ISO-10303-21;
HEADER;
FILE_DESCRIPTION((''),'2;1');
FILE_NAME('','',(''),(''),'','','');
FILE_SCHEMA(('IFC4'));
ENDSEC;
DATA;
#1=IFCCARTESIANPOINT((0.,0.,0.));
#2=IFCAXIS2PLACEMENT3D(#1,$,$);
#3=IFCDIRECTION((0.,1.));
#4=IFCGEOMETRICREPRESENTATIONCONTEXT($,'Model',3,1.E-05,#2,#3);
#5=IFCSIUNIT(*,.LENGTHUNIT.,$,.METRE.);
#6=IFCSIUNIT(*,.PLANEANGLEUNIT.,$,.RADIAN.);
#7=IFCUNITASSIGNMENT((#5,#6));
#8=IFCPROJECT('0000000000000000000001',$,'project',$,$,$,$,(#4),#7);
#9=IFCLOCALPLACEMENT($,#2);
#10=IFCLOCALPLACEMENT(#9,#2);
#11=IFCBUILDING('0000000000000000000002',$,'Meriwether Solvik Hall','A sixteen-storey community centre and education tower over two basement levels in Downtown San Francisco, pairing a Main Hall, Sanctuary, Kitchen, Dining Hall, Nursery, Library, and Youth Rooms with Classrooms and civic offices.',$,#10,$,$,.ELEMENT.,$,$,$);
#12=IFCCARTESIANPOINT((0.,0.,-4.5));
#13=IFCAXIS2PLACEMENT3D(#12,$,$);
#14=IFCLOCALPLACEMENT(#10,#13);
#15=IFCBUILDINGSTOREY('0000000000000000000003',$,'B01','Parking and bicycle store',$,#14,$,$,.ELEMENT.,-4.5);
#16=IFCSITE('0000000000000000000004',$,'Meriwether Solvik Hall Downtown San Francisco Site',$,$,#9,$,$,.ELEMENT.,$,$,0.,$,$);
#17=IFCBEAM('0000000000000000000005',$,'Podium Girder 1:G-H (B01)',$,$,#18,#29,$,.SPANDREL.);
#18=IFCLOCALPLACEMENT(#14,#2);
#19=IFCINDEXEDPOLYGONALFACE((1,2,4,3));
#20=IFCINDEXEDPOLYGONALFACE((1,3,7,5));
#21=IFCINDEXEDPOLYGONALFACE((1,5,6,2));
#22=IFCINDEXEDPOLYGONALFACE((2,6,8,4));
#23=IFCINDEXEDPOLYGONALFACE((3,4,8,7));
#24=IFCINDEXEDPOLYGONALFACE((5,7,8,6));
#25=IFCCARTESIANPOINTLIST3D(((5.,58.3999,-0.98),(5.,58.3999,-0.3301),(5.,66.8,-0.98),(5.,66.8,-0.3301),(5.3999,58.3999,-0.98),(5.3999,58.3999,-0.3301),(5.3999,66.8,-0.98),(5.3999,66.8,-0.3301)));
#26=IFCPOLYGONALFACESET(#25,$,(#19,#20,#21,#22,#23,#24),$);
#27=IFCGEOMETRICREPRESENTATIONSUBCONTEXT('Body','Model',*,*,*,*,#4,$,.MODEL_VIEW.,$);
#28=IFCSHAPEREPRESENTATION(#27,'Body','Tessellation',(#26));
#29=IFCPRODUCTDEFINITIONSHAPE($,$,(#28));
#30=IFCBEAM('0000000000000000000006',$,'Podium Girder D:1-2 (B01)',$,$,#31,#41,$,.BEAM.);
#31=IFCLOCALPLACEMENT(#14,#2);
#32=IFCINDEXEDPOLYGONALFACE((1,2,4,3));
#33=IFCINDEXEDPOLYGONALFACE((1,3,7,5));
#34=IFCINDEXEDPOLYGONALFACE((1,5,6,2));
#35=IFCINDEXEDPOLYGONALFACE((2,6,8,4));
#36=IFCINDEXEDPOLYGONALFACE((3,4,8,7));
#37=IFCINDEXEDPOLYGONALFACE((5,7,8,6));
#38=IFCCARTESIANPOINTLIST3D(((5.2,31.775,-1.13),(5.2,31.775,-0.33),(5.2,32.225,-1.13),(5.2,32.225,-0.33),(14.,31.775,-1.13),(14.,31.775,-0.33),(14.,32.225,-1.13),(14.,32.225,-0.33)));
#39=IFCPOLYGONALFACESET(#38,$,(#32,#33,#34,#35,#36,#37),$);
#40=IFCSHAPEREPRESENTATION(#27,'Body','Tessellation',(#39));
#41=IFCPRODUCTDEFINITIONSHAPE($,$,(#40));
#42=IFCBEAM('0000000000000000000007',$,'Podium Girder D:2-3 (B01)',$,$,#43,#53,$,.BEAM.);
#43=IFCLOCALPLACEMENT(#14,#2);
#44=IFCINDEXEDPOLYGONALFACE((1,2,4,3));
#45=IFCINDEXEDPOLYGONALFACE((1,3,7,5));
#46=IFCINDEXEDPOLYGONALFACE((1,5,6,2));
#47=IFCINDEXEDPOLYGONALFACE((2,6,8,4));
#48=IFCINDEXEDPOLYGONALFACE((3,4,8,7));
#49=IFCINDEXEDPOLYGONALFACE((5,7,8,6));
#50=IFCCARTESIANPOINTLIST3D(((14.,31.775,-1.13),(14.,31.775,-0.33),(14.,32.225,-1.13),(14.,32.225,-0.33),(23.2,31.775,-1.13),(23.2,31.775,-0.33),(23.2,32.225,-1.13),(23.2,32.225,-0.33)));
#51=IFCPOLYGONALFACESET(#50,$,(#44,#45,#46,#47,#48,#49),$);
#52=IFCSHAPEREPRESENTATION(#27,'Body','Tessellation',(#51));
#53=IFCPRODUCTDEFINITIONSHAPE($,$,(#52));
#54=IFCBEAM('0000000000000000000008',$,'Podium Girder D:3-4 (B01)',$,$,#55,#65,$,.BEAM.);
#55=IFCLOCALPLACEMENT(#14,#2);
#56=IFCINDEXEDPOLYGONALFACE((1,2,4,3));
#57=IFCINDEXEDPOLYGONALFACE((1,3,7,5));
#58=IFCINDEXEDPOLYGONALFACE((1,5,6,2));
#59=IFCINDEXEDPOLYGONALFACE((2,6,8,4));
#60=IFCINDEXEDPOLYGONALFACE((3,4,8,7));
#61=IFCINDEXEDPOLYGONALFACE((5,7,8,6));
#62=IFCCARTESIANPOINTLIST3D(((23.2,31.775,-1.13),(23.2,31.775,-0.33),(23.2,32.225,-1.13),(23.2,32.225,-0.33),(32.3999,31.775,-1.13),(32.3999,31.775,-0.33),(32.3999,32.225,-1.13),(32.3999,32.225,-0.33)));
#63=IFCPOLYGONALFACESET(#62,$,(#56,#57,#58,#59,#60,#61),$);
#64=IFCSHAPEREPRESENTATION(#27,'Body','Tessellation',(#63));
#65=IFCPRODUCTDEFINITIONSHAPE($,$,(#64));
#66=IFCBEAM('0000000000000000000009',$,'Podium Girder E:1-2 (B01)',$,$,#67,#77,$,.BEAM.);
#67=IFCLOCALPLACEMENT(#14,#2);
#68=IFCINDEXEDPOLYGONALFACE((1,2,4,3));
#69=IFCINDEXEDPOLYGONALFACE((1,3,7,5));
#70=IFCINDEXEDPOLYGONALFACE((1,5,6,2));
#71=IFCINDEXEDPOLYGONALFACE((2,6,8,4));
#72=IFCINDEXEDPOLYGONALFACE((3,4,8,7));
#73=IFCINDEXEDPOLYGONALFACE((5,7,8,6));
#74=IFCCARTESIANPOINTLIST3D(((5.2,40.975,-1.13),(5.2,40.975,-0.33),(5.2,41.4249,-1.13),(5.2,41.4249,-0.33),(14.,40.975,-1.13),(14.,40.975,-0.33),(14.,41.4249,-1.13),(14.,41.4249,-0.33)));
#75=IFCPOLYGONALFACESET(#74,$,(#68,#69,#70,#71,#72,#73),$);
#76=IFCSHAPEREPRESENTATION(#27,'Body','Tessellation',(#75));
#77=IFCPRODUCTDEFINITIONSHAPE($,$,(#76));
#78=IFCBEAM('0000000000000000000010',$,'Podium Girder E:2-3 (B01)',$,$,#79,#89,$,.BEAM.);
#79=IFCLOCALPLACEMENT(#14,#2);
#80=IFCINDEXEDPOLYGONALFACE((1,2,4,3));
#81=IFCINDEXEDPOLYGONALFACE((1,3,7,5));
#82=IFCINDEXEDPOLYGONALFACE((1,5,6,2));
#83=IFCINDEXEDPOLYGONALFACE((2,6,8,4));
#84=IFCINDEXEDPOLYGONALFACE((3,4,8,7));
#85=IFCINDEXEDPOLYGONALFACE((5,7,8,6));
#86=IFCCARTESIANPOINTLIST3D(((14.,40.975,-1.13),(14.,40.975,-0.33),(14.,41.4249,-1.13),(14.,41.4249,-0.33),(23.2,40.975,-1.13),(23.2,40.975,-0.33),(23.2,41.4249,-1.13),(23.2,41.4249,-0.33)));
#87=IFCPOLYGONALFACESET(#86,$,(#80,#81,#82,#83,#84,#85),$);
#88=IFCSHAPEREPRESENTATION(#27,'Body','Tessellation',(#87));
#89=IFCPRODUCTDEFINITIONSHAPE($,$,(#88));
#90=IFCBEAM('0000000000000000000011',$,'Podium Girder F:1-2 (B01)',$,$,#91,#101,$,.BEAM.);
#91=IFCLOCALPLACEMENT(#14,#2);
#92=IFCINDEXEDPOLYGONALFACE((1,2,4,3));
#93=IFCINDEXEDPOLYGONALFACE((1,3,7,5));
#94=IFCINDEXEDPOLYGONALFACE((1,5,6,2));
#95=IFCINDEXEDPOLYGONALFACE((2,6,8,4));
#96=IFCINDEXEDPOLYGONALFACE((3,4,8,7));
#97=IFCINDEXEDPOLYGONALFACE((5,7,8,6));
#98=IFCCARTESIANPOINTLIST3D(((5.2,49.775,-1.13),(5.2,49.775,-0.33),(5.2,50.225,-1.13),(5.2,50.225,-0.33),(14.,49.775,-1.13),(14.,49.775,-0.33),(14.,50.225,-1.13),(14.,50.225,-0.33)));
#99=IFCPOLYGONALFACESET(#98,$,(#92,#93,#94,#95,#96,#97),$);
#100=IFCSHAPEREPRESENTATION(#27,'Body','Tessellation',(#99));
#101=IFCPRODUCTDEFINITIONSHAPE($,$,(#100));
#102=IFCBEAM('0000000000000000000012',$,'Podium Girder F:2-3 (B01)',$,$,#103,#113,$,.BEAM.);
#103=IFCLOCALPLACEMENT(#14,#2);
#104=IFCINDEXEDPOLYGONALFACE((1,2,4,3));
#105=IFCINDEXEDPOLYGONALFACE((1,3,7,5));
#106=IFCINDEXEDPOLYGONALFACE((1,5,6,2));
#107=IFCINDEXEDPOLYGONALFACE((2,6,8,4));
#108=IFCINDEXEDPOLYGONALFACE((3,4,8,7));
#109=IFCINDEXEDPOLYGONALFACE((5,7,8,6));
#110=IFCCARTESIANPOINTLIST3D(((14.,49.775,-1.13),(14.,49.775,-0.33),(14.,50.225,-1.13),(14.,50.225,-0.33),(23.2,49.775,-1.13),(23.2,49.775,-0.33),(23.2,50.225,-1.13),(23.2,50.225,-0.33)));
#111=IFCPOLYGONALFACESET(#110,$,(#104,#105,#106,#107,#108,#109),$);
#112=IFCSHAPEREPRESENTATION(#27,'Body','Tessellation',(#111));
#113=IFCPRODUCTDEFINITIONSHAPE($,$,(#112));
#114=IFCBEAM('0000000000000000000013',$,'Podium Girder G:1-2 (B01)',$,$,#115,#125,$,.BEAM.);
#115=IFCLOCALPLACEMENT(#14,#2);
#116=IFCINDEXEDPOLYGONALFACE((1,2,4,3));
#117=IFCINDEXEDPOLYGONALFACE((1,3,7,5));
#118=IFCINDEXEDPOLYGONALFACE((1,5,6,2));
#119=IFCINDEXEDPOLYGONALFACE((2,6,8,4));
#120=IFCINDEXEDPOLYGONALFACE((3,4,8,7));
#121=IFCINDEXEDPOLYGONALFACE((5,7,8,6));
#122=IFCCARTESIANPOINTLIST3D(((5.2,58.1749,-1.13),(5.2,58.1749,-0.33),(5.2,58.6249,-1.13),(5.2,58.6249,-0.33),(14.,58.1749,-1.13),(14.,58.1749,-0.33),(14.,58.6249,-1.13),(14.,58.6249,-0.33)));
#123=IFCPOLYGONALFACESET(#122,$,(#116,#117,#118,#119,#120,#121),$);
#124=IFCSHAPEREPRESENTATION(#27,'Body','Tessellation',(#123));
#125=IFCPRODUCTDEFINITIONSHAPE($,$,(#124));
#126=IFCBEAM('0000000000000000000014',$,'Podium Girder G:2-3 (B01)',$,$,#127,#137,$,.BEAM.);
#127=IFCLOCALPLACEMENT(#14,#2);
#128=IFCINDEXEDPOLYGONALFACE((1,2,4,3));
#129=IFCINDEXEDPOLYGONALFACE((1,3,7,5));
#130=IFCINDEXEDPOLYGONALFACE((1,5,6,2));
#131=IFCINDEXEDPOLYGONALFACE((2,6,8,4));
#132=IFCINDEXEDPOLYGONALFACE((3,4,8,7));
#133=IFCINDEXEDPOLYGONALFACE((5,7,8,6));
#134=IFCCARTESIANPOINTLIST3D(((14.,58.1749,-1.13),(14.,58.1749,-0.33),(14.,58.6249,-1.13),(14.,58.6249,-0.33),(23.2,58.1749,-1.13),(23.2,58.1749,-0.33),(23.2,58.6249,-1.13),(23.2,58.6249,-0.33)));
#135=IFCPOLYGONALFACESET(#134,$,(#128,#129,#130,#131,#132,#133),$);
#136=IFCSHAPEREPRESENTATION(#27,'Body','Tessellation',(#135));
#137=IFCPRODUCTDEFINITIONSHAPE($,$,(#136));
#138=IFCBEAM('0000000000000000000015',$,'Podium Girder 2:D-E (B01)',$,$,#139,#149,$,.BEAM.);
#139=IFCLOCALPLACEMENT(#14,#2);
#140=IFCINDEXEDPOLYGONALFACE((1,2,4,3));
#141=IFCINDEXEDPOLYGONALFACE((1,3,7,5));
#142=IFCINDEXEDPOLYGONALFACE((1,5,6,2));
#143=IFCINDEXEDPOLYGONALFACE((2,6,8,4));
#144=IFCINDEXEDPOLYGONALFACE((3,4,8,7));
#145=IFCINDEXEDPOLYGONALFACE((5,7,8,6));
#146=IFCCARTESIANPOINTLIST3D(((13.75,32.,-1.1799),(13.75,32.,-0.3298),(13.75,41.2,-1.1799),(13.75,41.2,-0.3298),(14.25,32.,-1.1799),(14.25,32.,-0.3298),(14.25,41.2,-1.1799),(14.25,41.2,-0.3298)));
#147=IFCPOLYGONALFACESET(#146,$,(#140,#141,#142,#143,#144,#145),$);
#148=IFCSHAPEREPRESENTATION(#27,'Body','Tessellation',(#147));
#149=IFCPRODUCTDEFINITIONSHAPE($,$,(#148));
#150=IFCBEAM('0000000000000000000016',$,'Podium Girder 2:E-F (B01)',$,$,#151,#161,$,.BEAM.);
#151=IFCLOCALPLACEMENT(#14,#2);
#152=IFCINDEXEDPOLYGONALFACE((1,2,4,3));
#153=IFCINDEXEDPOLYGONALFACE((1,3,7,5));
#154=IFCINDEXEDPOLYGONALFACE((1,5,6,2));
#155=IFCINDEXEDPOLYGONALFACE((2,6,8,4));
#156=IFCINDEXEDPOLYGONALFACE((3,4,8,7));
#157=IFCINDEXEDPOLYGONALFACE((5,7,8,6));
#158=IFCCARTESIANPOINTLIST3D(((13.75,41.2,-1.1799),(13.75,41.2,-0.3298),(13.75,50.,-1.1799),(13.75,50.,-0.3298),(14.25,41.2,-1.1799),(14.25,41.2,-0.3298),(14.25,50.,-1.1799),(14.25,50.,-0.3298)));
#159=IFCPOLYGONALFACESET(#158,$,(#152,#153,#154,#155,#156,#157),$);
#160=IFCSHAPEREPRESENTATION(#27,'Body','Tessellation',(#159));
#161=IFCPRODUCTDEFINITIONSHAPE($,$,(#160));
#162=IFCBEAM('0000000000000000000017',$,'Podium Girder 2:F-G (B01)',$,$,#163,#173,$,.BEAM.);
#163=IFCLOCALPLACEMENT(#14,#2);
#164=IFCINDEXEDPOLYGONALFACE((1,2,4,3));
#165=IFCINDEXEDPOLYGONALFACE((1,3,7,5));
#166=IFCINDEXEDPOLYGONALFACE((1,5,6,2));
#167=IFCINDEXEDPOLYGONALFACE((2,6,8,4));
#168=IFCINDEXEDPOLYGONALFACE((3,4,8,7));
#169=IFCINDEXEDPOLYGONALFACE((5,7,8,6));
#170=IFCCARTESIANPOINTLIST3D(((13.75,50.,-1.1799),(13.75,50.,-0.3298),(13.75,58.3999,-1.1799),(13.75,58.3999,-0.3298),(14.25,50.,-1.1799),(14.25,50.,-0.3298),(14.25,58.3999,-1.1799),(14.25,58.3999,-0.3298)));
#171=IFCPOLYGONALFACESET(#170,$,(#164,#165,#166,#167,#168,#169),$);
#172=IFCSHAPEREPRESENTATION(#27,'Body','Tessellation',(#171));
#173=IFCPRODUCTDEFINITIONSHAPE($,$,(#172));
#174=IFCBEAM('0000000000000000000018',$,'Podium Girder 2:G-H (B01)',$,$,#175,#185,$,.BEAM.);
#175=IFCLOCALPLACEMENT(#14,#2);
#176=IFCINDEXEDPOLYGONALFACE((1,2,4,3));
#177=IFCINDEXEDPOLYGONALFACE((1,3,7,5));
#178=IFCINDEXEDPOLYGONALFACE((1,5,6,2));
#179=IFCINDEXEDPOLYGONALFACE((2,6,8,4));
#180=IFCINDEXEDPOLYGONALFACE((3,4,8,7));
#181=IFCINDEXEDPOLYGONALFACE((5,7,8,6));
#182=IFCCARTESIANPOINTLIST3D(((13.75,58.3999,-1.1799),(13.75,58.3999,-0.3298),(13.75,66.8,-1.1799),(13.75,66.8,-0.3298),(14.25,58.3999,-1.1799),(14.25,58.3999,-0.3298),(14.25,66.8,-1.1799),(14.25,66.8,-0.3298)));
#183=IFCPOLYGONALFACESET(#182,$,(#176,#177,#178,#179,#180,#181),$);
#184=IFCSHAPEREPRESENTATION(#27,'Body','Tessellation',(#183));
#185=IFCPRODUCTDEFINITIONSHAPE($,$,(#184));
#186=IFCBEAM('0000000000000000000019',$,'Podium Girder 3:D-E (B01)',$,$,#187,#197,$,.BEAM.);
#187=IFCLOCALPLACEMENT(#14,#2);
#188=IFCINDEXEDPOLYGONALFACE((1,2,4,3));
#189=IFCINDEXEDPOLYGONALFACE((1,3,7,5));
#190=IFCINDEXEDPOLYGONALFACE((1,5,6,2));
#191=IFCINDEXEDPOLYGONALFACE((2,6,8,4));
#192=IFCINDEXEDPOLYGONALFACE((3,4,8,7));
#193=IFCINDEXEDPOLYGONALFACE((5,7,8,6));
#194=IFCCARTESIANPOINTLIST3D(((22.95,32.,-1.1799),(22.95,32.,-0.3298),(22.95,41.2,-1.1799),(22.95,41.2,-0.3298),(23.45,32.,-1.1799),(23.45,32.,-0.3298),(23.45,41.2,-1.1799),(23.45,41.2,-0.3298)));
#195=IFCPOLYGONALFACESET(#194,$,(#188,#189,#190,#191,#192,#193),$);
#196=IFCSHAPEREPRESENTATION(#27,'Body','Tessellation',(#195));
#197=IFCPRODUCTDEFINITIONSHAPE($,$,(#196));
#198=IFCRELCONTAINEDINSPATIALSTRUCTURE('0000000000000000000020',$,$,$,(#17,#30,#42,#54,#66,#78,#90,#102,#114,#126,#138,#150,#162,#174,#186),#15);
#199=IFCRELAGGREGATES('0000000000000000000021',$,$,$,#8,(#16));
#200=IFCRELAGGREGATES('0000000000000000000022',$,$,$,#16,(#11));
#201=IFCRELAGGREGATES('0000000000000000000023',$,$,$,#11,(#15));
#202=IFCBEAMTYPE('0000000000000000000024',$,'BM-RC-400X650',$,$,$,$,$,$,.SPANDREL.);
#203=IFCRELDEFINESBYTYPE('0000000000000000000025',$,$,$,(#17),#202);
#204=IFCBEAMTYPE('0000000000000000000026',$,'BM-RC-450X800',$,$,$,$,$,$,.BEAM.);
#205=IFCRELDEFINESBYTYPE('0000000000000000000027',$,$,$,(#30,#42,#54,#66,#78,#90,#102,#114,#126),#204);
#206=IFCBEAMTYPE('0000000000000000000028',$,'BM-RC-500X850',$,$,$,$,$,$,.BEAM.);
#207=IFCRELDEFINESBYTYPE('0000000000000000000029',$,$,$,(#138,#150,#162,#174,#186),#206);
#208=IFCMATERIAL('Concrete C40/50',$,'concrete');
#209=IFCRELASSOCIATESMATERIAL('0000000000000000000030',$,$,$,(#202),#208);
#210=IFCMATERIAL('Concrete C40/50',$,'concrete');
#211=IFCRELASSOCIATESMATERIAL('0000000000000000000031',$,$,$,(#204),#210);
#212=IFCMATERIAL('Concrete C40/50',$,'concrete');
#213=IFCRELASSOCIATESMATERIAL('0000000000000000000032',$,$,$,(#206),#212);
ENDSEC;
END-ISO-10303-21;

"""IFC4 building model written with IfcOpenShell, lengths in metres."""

from ifc_helpers import new_model, si_unit, direction, frame, origin, origin_2d, place, context, subcontext, project, spatial, rectangle, extrude, material, material_profile, profile_set, type_object, element, save


model = new_model("IFC4")

# Units and contexts
model_context = context("Model", 3, precision=1e-05, world=origin(), true_north=direction((0.0, 1.0)))
body_context = subcontext(model_context, "Body", "Model", "MODEL_VIEW")
ifc_project = project(units=[si_unit("LENGTHUNIT", "METRE"), si_unit("PLANEANGLEUNIT", "RADIAN")], contexts=[model_context])

# Site, building, storey
site_placement = place(None, origin())
site = spatial("IfcSite", under=ifc_project, at=site_placement, Name="Meriwether Solvik Hall Downtown San Francisco Site", CompositionType="ELEMENT", RefElevation=0.0)
building_placement = place(site_placement, origin())
building = spatial("IfcBuilding", under=site, at=building_placement, Name="Meriwether Solvik Hall", Description="A sixteen-storey community centre and education tower over two basement levels in Downtown San Francisco, pairing a Main Hall, Sanctuary, Kitchen, Dining Hall, Nursery, Library, and Youth Rooms with Classrooms and civic offices.", CompositionType="ELEMENT")
storey_placement = place(building_placement, frame((0.0, 0.0, -4.5)))
storey = spatial("IfcBuildingStorey", under=building, at=storey_placement, Name="B01", Description="Parking and bicycle store", CompositionType="ELEMENT", Elevation=-4.5)

# Beams
ifc_material_1 = material(Name="Concrete C40/50", Category="concrete")
ifc_material_profile_1 = material_profile(ifc_material_1, rectangle(XDim=0.3999, YDim=0.6499, at=origin_2d()), Name="RCB-400X650")
ifc_profile_set_1 = profile_set([ifc_material_profile_1], Name="Concrete C40/50")
beam_type_1 = type_object("IfcBeamType", Name="BM-RC-400X650", PredefinedType="SPANDREL", material=ifc_profile_set_1)
beam_1_placement = place(storey_placement, frame((5.2, 58.3999, -0.655), z_axis=(0.0, 1.0, 0.0), x_axis=(-1.0, 0.0, 0.0)))
element("IfcBeam", 1, at=beam_1_placement, inside=storey, type_object=beam_type_1, Name="Podium Girder 1:G-H (B01)", PredefinedType="SPANDREL", context=body_context, shape_type="SweptSolid", body=[
    extrude(rectangle(XDim=0.3999, YDim=0.6499, at=origin_2d()), origin(), (0.0, 0.0, 1.0), 8.4001),
])
ifc_material_2 = material(Name="Concrete C40/50", Category="concrete")
ifc_material_profile_2 = material_profile(ifc_material_2, rectangle(XDim=0.45, YDim=0.8, at=origin_2d()), Name="RCB-450X800")
ifc_profile_set_2 = profile_set([ifc_material_profile_2], Name="Concrete C40/50")
beam_type_2 = type_object("IfcBeamType", Name="BM-RC-450X800", PredefinedType="BEAM", material=ifc_profile_set_2)
beam_2_placement = place(storey_placement, frame((5.2, 32.0, -0.73), z_axis=(1.0, 0.0, 0.0), x_axis=(0.0, 1.0, 0.0)))
element("IfcBeam", 2, at=beam_2_placement, inside=storey, type_object=beam_type_2, Name="Podium Girder D:1-2 (B01)", PredefinedType="BEAM", context=body_context, shape_type="SweptSolid", body=[
    extrude(rectangle(XDim=0.45, YDim=0.8, at=origin_2d()), origin(), (0.0, 0.0, 1.0), 8.8),
])
for number, where, z_axis, x_axis, name in (
    (3, (14.0, 32.0, -0.73), (1.0, 0.0, 0.0), (0.0, 1.0, 0.0), "Podium Girder D:2-3 (B01)"),
    (4, (23.2, 32.0, -0.73), (1.0, 0.0, 0.0), (0.0, 1.0, 0.0), "Podium Girder D:3-4 (B01)"),
):
    element("IfcBeam", number, at=place(storey_placement, frame(where, z_axis=z_axis, x_axis=x_axis)), inside=storey, type_object=beam_type_2, Name=name, PredefinedType="BEAM", context=body_context, shape_type="SweptSolid", body=[
        extrude(rectangle(XDim=0.45, YDim=0.8, at=origin_2d()), origin(), (0.0, 0.0, 1.0), 9.2),
    ])
beam_3_placement = place(storey_placement, frame((5.2, 41.2, -0.73), z_axis=(1.0, 0.0, 0.0), x_axis=(0.0, 1.0, 0.0)))
element("IfcBeam", 5, at=beam_3_placement, inside=storey, type_object=beam_type_2, Name="Podium Girder E:1-2 (B01)", PredefinedType="BEAM", context=body_context, shape_type="SweptSolid", body=[
    extrude(rectangle(XDim=0.45, YDim=0.8, at=origin_2d()), origin(), (0.0, 0.0, 1.0), 8.8),
])
beam_4_placement = place(storey_placement, frame((14.0, 41.2, -0.73), z_axis=(1.0, 0.0, 0.0), x_axis=(0.0, 1.0, 0.0)))
element("IfcBeam", 6, at=beam_4_placement, inside=storey, type_object=beam_type_2, Name="Podium Girder E:2-3 (B01)", PredefinedType="BEAM", context=body_context, shape_type="SweptSolid", body=[
    extrude(rectangle(XDim=0.45, YDim=0.8, at=origin_2d()), origin(), (0.0, 0.0, 1.0), 9.2),
])
beam_5_placement = place(storey_placement, frame((5.2, 50.0, -0.73), z_axis=(1.0, 0.0, 0.0), x_axis=(0.0, 1.0, 0.0)))
element("IfcBeam", 7, at=beam_5_placement, inside=storey, type_object=beam_type_2, Name="Podium Girder F:1-2 (B01)", PredefinedType="BEAM", context=body_context, shape_type="SweptSolid", body=[
    extrude(rectangle(XDim=0.45, YDim=0.8, at=origin_2d()), origin(), (0.0, 0.0, 1.0), 8.8),
])
beam_6_placement = place(storey_placement, frame((14.0, 50.0, -0.73), z_axis=(1.0, 0.0, 0.0), x_axis=(0.0, 1.0, 0.0)))
element("IfcBeam", 8, at=beam_6_placement, inside=storey, type_object=beam_type_2, Name="Podium Girder F:2-3 (B01)", PredefinedType="BEAM", context=body_context, shape_type="SweptSolid", body=[
    extrude(rectangle(XDim=0.45, YDim=0.8, at=origin_2d()), origin(), (0.0, 0.0, 1.0), 9.2),
])
beam_7_placement = place(storey_placement, frame((5.2, 58.3999, -0.73), z_axis=(1.0, 0.0, 0.0), x_axis=(0.0, 1.0, 0.0)))
element("IfcBeam", 9, at=beam_7_placement, inside=storey, type_object=beam_type_2, Name="Podium Girder G:1-2 (B01)", PredefinedType="BEAM", context=body_context, shape_type="SweptSolid", body=[
    extrude(rectangle(XDim=0.45, YDim=0.8, at=origin_2d()), origin(), (0.0, 0.0, 1.0), 8.8),
])
beam_8_placement = place(storey_placement, frame((14.0, 58.3999, -0.73), z_axis=(1.0, 0.0, 0.0), x_axis=(0.0, 1.0, 0.0)))
element("IfcBeam", 10, at=beam_8_placement, inside=storey, type_object=beam_type_2, Name="Podium Girder G:2-3 (B01)", PredefinedType="BEAM", context=body_context, shape_type="SweptSolid", body=[
    extrude(rectangle(XDim=0.45, YDim=0.8, at=origin_2d()), origin(), (0.0, 0.0, 1.0), 9.2),
])
ifc_material_3 = material(Name="Concrete C40/50", Category="concrete")
ifc_material_profile_3 = material_profile(ifc_material_3, rectangle(XDim=0.5, YDim=0.8501, at=origin_2d()), Name="RCB-500X850")
ifc_profile_set_3 = profile_set([ifc_material_profile_3], Name="Concrete C40/50")
beam_type_3 = type_object("IfcBeamType", Name="BM-RC-500X850", PredefinedType="BEAM", material=ifc_profile_set_3)
beam_9_placement = place(storey_placement, frame((14.0, 32.0, -0.7549), z_axis=(0.0, 1.0, 0.0), x_axis=(-1.0, 0.0, 0.0)))
element("IfcBeam", 11, at=beam_9_placement, inside=storey, type_object=beam_type_3, Name="Podium Girder 2:D-E (B01)", PredefinedType="BEAM", context=body_context, shape_type="SweptSolid", body=[
    extrude(rectangle(XDim=0.5, YDim=0.8501, at=origin_2d()), origin(), (0.0, 0.0, 1.0), 9.2),
])
beam_10_placement = place(storey_placement, frame((14.0, 41.2, -0.7549), z_axis=(0.0, 1.0, 0.0), x_axis=(-1.0, 0.0, 0.0)))
element("IfcBeam", 12, at=beam_10_placement, inside=storey, type_object=beam_type_3, Name="Podium Girder 2:E-F (B01)", PredefinedType="BEAM", context=body_context, shape_type="SweptSolid", body=[
    extrude(rectangle(XDim=0.5, YDim=0.8501, at=origin_2d()), origin(), (0.0, 0.0, 1.0), 8.8),
])
beam_11_placement = place(storey_placement, frame((14.0, 50.0, -0.7549), z_axis=(0.0, 1.0, 0.0), x_axis=(-1.0, 0.0, 0.0)))
element("IfcBeam", 13, at=beam_11_placement, inside=storey, type_object=beam_type_3, Name="Podium Girder 2:F-G (B01)", PredefinedType="BEAM", context=body_context, shape_type="SweptSolid", body=[
    extrude(rectangle(XDim=0.5, YDim=0.8501, at=origin_2d()), origin(), (0.0, 0.0, 1.0), 8.3999),
])
beam_12_placement = place(storey_placement, frame((14.0, 58.3999, -0.7549), z_axis=(0.0, 1.0, 0.0), x_axis=(-1.0, 0.0, 0.0)))
element("IfcBeam", 14, at=beam_12_placement, inside=storey, type_object=beam_type_3, Name="Podium Girder 2:G-H (B01)", PredefinedType="BEAM", context=body_context, shape_type="SweptSolid", body=[
    extrude(rectangle(XDim=0.5, YDim=0.8501, at=origin_2d()), origin(), (0.0, 0.0, 1.0), 8.4001),
])
beam_13_placement = place(storey_placement, frame((23.2, 32.0, -0.7549), z_axis=(0.0, 1.0, 0.0), x_axis=(-1.0, 0.0, 0.0)))
element("IfcBeam", 15, at=beam_13_placement, inside=storey, type_object=beam_type_3, Name="Podium Girder 3:D-E (B01)", PredefinedType="BEAM", context=body_context, shape_type="SweptSolid", body=[
    extrude(rectangle(XDim=0.5, YDim=0.8501, at=origin_2d()), origin(), (0.0, 0.0, 1.0), 9.2),
])

save(model, "model.ifc")
